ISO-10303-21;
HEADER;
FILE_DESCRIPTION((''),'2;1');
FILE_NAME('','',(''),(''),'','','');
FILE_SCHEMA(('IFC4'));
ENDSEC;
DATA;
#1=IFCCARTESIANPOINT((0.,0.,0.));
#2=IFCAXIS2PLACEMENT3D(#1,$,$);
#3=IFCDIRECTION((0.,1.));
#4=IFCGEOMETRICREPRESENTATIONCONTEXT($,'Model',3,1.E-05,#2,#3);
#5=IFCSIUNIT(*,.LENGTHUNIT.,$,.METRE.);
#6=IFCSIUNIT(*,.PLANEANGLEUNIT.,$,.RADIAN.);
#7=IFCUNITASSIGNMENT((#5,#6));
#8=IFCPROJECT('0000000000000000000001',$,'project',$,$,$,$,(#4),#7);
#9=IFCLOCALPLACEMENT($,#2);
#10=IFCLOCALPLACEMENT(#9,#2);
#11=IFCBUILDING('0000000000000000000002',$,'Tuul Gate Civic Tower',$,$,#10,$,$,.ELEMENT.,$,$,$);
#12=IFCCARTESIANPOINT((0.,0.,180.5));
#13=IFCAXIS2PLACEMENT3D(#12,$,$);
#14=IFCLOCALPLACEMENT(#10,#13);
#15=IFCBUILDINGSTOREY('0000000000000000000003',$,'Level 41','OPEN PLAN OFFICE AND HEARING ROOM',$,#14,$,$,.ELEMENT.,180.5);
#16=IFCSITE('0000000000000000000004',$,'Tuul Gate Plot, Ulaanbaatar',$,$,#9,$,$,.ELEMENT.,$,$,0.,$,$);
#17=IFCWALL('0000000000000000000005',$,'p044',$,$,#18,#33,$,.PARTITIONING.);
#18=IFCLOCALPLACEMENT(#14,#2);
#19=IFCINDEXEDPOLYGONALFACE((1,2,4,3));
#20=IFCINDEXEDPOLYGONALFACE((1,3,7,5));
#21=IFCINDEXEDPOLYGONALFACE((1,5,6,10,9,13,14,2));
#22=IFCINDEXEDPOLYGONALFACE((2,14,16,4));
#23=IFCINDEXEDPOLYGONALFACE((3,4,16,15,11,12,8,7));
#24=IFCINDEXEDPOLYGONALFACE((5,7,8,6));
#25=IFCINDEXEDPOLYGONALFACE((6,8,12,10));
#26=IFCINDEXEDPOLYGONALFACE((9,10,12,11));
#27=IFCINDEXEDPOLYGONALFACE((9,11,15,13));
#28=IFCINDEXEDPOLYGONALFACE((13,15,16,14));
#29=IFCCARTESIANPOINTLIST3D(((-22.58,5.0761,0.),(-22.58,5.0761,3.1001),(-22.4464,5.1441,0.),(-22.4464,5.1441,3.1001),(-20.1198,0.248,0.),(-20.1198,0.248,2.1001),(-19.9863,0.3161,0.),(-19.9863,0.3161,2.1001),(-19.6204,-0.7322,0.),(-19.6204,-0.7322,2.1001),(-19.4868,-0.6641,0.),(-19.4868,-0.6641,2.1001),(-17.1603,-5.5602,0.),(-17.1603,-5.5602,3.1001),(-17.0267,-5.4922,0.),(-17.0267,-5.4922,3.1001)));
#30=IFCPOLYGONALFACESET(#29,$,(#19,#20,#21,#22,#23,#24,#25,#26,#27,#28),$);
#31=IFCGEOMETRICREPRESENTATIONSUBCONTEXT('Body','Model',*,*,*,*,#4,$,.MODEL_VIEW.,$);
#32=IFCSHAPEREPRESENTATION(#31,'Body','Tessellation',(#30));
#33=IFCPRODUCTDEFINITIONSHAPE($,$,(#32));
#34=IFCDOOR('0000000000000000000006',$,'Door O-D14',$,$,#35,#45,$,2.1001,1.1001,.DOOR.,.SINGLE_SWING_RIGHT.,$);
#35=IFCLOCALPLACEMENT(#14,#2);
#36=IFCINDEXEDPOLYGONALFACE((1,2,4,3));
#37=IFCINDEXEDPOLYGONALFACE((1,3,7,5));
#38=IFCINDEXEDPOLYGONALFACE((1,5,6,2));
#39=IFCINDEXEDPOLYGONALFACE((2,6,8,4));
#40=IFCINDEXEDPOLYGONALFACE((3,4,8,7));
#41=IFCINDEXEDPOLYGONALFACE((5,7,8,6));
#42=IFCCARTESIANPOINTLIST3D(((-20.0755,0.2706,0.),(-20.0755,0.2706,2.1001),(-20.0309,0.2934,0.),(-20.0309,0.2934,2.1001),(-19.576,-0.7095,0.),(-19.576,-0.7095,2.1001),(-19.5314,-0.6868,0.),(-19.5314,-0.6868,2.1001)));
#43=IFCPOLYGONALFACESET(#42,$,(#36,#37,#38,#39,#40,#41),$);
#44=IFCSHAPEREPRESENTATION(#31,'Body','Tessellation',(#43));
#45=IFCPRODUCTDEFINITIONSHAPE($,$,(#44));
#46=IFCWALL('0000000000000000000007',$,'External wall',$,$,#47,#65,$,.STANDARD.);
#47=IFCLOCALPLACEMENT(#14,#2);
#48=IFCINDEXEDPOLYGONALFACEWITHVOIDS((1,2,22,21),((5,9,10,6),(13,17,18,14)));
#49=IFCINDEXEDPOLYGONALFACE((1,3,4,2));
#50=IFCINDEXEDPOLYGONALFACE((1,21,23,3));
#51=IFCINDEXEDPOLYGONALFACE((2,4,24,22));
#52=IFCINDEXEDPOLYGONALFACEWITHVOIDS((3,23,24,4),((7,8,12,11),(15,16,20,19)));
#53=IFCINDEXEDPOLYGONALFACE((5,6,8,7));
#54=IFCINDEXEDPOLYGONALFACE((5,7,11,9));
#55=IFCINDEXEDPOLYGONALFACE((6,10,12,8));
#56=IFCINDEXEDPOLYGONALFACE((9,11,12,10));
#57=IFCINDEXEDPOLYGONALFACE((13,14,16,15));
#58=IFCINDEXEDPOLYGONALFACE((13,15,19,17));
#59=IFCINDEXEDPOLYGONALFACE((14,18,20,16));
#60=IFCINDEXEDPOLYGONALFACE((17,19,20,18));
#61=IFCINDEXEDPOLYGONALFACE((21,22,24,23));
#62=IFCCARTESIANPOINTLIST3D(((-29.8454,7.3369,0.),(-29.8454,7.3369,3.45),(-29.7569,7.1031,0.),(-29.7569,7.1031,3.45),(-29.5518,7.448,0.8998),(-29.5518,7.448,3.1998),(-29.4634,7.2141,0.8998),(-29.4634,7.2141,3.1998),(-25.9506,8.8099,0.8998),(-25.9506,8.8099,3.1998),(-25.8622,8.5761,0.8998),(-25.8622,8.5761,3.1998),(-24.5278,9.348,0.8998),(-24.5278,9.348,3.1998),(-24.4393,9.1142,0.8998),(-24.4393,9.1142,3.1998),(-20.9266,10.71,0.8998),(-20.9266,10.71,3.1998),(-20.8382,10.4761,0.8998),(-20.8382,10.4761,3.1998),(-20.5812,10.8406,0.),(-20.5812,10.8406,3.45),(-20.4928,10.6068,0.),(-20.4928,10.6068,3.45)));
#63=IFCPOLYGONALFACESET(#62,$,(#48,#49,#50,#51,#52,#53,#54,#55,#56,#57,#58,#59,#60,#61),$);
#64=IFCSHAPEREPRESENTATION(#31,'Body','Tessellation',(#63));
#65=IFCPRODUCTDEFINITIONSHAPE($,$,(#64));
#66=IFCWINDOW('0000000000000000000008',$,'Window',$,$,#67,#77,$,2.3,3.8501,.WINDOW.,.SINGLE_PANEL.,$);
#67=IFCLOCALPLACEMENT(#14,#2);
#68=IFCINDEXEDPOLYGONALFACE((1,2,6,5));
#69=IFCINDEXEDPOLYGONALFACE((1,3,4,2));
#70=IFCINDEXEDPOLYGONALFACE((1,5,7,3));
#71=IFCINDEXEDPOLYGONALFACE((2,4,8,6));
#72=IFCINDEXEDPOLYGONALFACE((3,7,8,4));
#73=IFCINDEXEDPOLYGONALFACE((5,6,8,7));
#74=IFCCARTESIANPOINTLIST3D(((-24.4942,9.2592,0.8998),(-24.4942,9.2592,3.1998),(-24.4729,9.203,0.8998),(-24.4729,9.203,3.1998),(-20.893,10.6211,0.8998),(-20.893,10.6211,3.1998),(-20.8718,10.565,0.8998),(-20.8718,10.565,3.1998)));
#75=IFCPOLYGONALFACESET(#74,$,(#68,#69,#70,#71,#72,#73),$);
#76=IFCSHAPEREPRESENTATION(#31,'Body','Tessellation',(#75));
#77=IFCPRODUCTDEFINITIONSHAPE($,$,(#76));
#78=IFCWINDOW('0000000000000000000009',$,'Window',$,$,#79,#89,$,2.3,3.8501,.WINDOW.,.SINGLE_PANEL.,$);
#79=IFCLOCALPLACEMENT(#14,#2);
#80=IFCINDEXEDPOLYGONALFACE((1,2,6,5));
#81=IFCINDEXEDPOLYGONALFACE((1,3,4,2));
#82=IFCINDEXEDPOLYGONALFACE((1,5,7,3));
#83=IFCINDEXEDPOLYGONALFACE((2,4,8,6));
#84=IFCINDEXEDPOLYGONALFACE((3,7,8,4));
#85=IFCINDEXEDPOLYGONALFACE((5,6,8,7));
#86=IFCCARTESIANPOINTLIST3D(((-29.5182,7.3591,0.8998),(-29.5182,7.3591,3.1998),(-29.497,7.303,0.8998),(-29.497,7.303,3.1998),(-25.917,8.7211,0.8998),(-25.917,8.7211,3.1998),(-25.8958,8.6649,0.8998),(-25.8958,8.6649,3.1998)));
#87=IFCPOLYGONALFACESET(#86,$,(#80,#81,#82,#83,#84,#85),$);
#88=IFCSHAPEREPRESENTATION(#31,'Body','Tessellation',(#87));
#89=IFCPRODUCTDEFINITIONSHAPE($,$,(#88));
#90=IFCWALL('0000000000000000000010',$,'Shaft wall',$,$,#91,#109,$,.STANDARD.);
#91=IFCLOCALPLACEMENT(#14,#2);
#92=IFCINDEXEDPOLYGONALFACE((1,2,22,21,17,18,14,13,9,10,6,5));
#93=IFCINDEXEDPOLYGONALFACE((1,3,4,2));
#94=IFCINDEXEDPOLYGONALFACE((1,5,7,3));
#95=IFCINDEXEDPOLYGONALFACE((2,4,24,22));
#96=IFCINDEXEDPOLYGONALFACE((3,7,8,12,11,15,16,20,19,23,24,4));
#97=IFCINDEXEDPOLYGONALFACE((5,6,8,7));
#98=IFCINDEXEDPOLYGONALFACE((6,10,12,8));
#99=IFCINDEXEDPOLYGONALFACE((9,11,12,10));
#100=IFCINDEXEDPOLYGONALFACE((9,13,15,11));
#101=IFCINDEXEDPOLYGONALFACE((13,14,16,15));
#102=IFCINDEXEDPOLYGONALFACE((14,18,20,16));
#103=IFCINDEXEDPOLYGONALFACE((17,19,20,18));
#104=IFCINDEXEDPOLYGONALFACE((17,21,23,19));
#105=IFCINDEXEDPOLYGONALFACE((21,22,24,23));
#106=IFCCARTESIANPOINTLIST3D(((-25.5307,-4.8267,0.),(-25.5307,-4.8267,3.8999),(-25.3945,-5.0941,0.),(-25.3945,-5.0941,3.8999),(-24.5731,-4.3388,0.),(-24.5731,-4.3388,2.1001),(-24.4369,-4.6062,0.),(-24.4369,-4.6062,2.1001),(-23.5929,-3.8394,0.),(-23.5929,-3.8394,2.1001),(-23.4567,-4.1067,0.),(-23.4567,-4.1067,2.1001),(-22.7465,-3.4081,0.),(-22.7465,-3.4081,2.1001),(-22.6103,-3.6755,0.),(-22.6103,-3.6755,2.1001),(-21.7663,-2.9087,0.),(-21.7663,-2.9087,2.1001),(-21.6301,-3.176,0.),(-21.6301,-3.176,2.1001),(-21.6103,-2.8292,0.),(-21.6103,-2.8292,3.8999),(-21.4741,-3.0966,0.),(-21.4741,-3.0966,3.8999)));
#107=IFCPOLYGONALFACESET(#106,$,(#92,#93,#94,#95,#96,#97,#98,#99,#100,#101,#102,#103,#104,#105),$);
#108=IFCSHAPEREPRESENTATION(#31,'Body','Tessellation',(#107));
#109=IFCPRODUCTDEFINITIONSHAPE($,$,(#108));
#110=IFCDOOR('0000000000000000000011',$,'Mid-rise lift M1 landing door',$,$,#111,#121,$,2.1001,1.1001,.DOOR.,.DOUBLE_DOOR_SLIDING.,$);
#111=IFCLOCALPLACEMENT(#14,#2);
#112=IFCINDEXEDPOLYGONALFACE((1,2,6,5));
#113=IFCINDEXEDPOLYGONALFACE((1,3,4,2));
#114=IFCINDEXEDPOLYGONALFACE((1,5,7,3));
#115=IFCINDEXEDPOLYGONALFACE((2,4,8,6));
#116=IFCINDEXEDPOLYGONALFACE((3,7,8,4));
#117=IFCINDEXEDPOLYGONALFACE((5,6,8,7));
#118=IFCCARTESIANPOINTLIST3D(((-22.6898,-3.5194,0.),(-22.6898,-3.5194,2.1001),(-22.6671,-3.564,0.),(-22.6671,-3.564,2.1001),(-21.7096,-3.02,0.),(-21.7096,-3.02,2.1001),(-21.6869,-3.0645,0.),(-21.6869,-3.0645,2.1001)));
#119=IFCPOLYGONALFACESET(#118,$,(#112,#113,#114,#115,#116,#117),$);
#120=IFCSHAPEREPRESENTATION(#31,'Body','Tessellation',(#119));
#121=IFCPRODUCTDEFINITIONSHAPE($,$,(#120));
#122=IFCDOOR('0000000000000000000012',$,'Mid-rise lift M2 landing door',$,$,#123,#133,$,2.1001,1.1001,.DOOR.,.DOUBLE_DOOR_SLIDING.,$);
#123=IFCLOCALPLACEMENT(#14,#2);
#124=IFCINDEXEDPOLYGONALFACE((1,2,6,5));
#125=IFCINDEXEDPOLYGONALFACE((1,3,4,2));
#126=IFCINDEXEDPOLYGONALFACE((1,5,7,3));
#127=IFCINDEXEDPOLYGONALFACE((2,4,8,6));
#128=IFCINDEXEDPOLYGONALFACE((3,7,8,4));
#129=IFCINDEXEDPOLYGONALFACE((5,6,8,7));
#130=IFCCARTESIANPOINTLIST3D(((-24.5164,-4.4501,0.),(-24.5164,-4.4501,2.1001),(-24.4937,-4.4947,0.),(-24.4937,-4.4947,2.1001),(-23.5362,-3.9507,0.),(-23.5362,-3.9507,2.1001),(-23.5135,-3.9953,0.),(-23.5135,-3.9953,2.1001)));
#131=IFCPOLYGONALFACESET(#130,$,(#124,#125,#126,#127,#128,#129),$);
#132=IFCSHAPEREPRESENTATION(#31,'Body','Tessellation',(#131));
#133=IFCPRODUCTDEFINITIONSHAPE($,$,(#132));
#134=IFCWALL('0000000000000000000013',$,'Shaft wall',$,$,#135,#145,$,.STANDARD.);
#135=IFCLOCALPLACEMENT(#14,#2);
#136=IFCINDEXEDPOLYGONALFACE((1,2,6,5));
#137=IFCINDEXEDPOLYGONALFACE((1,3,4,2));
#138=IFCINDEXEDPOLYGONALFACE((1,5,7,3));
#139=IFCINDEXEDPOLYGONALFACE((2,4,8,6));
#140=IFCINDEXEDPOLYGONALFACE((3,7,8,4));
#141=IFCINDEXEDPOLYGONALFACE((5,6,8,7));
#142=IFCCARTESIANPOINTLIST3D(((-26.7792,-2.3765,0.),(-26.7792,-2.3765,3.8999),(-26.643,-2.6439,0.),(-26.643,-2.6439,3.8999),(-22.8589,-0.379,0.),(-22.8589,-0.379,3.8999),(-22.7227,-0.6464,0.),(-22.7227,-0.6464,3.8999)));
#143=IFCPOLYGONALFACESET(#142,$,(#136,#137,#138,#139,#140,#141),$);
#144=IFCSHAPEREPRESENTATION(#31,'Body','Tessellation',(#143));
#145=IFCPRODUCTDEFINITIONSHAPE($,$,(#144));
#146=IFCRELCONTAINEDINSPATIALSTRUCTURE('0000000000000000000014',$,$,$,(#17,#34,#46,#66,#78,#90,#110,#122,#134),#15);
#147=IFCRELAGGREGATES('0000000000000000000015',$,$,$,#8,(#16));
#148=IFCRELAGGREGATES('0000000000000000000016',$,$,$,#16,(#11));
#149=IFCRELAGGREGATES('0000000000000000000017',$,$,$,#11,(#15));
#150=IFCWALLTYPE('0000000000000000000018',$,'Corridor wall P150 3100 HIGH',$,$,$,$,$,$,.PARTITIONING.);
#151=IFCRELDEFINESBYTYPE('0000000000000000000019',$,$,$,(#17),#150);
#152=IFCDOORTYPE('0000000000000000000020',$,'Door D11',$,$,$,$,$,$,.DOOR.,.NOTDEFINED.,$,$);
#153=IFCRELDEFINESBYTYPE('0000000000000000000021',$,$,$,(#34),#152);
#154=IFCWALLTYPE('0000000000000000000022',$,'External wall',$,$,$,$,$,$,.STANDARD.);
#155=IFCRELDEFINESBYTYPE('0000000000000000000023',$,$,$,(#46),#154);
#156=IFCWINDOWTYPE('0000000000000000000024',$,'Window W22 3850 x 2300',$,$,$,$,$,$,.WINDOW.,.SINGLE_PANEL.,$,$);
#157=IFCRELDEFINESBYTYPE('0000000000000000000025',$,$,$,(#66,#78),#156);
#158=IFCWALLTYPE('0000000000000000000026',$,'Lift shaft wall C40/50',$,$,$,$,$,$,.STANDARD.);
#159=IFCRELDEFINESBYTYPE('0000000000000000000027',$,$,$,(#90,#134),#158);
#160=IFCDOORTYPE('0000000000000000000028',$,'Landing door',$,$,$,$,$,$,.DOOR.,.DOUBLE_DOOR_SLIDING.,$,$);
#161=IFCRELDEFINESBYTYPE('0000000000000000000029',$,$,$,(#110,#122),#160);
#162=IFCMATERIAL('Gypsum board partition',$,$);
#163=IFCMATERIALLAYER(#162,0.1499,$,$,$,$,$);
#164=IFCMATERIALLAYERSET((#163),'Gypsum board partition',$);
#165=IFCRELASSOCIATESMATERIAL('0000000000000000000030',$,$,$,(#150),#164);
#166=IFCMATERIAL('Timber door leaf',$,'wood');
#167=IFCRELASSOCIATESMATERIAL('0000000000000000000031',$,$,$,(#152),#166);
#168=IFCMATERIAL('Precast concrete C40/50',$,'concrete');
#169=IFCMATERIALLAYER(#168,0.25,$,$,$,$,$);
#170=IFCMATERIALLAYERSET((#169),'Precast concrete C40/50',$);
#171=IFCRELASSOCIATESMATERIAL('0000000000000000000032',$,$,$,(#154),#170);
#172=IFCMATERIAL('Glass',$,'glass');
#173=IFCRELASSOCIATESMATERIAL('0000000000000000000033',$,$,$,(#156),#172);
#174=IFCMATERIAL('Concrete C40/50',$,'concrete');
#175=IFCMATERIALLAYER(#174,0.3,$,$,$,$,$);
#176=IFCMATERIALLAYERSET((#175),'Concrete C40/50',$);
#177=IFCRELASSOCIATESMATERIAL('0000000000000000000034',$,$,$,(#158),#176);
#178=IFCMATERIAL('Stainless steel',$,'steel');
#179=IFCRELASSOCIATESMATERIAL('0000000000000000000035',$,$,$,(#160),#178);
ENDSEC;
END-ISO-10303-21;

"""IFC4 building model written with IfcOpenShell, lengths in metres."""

from ifc_helpers import new_model, si_unit, direction, frame, frame_2d, origin, place, context, subcontext, project, spatial, rectangle, extrude, material, layer, layer_set, type_object, element, fill, save


model = new_model("IFC4")

# Units and contexts
model_context = context("Model", 3, precision=1e-05, world=origin(), true_north=direction((0.0, 1.0)))
body_context = subcontext(model_context, "Body", "Model", "MODEL_VIEW")
ifc_project = project(units=[si_unit("LENGTHUNIT", "METRE"), si_unit("PLANEANGLEUNIT", "RADIAN")], contexts=[model_context])

# Site, building, storey
site_placement = place(None, origin())
site = spatial("IfcSite", under=ifc_project, at=site_placement, Name="Tuul Gate Plot, Ulaanbaatar", CompositionType="ELEMENT", RefElevation=0.0)
building_placement = place(site_placement, origin())
building = spatial("IfcBuilding", under=site, at=building_placement, Name="Tuul Gate Civic Tower", CompositionType="ELEMENT")
storey_placement = place(building_placement, frame((0.0, 0.0, 180.5)))
storey = spatial("IfcBuildingStorey", under=building, at=storey_placement, Name="Level 41", Description="OPEN PLAN OFFICE AND HEARING ROOM", CompositionType="ELEMENT", Elevation=180.5)

# Wall, opening, door
ifc_material_1 = material(Name="Gypsum board partition")
ifc_layer_1 = layer(ifc_material_1, 0.1499)
ifc_layer_set_1 = layer_set([ifc_layer_1], Name="Gypsum board partition")
wall_type_1 = type_object("IfcWallType", Name="Corridor wall P150 3100 HIGH", PredefinedType="PARTITIONING", material=ifc_layer_set_1)
wall_1_placement = place(storey_placement, frame((-22.5132, 5.1101, 0.0), z_axis=(0.0, 0.0, 1.0), x_axis=(0.454007, -0.890998, 0.0)))
wall_1 = element("IfcWall", 1, at=wall_1_placement, inside=storey, type_object=wall_type_1, Name="p044", PredefinedType="PARTITIONING", context=body_context, shape_type="SweptSolid", body=[
    extrude(rectangle(XDim=11.9375, YDim=0.1499, at=frame_2d((5.9688, 0.0))), origin(), (0.0, 0.0, 1.0), 3.1001),
])
opening_1_placement = place(wall_1_placement, frame((5.4187, 0.0, 0.0)))
opening_1 = element("IfcOpeningElement", 2, at=opening_1_placement, cuts=wall_1, PredefinedType="OPENING", context=body_context, shape_type="SweptSolid", body=[
    extrude(rectangle(XDim=1.1001, YDim=2.1001, at=frame_2d((0.55, 1.05))), frame((0.0, 0.085, 0.0), z_axis=(0.0, -1.0, 0.0), x_axis=(1.0, 0.0, 0.0)), (0.0, 0.0, 1.0), 0.1699),
])
ifc_material_2 = material(Name="Timber door leaf", Category="wood")
door_type_1 = type_object("IfcDoorType", Name="Door D11", OperationType="NOTDEFINED", PredefinedType="DOOR", material=ifc_material_2)
door_1_placement = place(opening_1_placement, origin())
door_1 = element("IfcDoor", 3, at=door_1_placement, inside=storey, type_object=door_type_1, Name="Door O-D14", OperationType="SINGLE_SWING_RIGHT", OverallHeight=2.1001, OverallWidth=1.1001, PredefinedType="DOOR", context=body_context, shape_type="SweptSolid", body=[
    extrude(rectangle(XDim=1.1001, YDim=2.1001, at=frame_2d((0.55, 1.05))), frame((0.0, 0.0249, 0.0), z_axis=(0.0, -1.0, 0.0), x_axis=(1.0, 0.0, 0.0)), (0.0, 0.0, 1.0), 0.05),
])
fill(opening_1, door_1)

# Wall, openings, windows
ifc_material_3 = material(Name="Precast concrete C40/50", Category="concrete")
ifc_layer_2 = layer(ifc_material_3, 0.25)
ifc_layer_set_2 = layer_set([ifc_layer_2], Name="Precast concrete C40/50")
wall_type_2 = type_object("IfcWallType", Name="External wall", PredefinedType="STANDARD", material=ifc_layer_set_2)
wall_2_placement = place(storey_placement, frame((-20.5371, 10.7236, 0.0), z_axis=(0.0, 0.0, 1.0), x_axis=(-0.935343, -0.353742, 0.0)))
wall_2 = element("IfcWall", 4, at=wall_2_placement, inside=storey, type_object=wall_type_2, Name="External wall", PredefinedType="STANDARD", context=body_context, shape_type="SweptSolid", body=[
    extrude(rectangle(XDim=9.9045, YDim=0.25, at=frame_2d((4.9521, 0.0))), origin(), (0.0, 0.0, 1.0), 3.45),
])
opening_2_placement = place(wall_2_placement, frame((0.3691, 0.0, 0.8999)))
opening_2 = element("IfcOpeningElement", 5, at=opening_2_placement, cuts=wall_2, PredefinedType="OPENING", context=body_context, shape_type="SweptSolid", body=[
    extrude(rectangle(XDim=3.8501, YDim=2.3, at=frame_2d((1.925, 1.1499))), frame((0.0, 0.135, 0.0), z_axis=(0.0, -1.0, 0.0), x_axis=(1.0, 0.0, 0.0)), (0.0, 0.0, 1.0), 0.27),
])
opening_3_placement = place(wall_2_placement, frame((5.7405, 0.0, 0.8999)))
opening_3 = element("IfcOpeningElement", 6, at=opening_3_placement, cuts=wall_2, PredefinedType="OPENING", context=body_context, shape_type="SweptSolid", body=[
    extrude(rectangle(XDim=3.8501, YDim=2.3, at=frame_2d((1.925, 1.1499))), frame((0.0, 0.135, 0.0), z_axis=(0.0, -1.0, 0.0), x_axis=(1.0, 0.0, 0.0)), (0.0, 0.0, 1.0), 0.27),
])
ifc_material_4 = material(Name="Glass", Category="glass")
window_type = type_object("IfcWindowType", Name="Window W22 3850 x 2300", PartitioningType="SINGLE_PANEL", PredefinedType="WINDOW", material=ifc_material_4)
window_1_placement = place(opening_2_placement, origin())
window_1 = element("IfcWindow", 7, at=window_1_placement, inside=storey, type_object=window_type, Name="Window", OverallHeight=2.3, OverallWidth=3.8501, PartitioningType="SINGLE_PANEL", PredefinedType="WINDOW", context=body_context, shape_type="SweptSolid", body=[
    extrude(rectangle(XDim=3.8501, YDim=2.3, at=frame_2d((1.925, 1.1499))), frame((0.0, 0.03, 0.0), z_axis=(0.0, -1.0, 0.0), x_axis=(1.0, 0.0, 0.0)), (0.0, 0.0, 1.0), 0.0601),
])
fill(opening_2, window_1)
window_2_placement = place(opening_3_placement, origin())
window_2 = element("IfcWindow", 8, at=window_2_placement, inside=storey, type_object=window_type, Name="Window", OverallHeight=2.3, OverallWidth=3.8501, PartitioningType="SINGLE_PANEL", PredefinedType="WINDOW", context=body_context, shape_type="SweptSolid", body=[
    extrude(rectangle(XDim=3.8501, YDim=2.3, at=frame_2d((1.925, 1.1499))), frame((0.0, 0.03, 0.0), z_axis=(0.0, -1.0, 0.0), x_axis=(1.0, 0.0, 0.0)), (0.0, 0.0, 1.0), 0.0601),
])
fill(opening_3, window_2)

# Wall, openings, doors
ifc_material_5 = material(Name="Concrete C40/50", Category="concrete")
ifc_layer_3 = layer(ifc_material_5, 0.3)
ifc_layer_set_3 = layer_set([ifc_layer_3], Name="Concrete C40/50")
wall_type_3 = type_object("IfcWallType", Name="Lift shaft wall C40/50", PredefinedType="STANDARD", material=ifc_layer_set_3)
wall_3_placement = place(storey_placement, frame((-21.5422, -2.9629, 0.0), z_axis=(0.0, 0.0, 1.0), x_axis=(-0.891006, -0.453992, 0.0)))
wall_3 = element("IfcWall", 9, at=wall_3_placement, inside=storey, type_object=wall_type_3, Name="Shaft wall", PredefinedType="STANDARD", context=body_context, shape_type="SweptSolid", body=[
    extrude(rectangle(XDim=4.3999, YDim=0.3, at=frame_2d((2.2, 0.0))), origin(), (0.0, 0.0, 1.0), 3.8999),
])
opening_4_placement = place(wall_3_placement, frame((0.175, 0.0, 0.0)))
opening_4 = element("IfcOpeningElement", 10, at=opening_4_placement, cuts=wall_3, PredefinedType="OPENING", context=body_context, shape_type="SweptSolid", body=[
    extrude(rectangle(XDim=1.1001, YDim=2.1001, at=frame_2d((0.55, 1.05))), frame((0.0, 0.1602, 0.0), z_axis=(0.0, -1.0, 0.0), x_axis=(1.0, 0.0, 0.0)), (0.0, 0.0, 1.0), 0.3201),
])
opening_5_placement = place(wall_3_placement, frame((2.2251, 0.0, 0.0)))
opening_5 = element("IfcOpeningElement", 11, at=opening_5_placement, cuts=wall_3, PredefinedType="OPENING", context=body_context, shape_type="SweptSolid", body=[
    extrude(rectangle(XDim=1.1001, YDim=2.1001, at=frame_2d((0.55, 1.05))), frame((0.0, 0.1602, 0.0), z_axis=(0.0, -1.0, 0.0), x_axis=(1.0, 0.0, 0.0)), (0.0, 0.0, 1.0), 0.3201),
])
ifc_material_6 = material(Name="Stainless steel", Category="steel")
door_type_2 = type_object("IfcDoorType", Name="Landing door", OperationType="DOUBLE_DOOR_SLIDING", PredefinedType="DOOR", material=ifc_material_6)
door_2_placement = place(opening_4_placement, origin())
door_2 = element("IfcDoor", 12, at=door_2_placement, inside=storey, type_object=door_type_2, Name="Mid-rise lift M1 landing door", OperationType="DOUBLE_DOOR_SLIDING", OverallHeight=2.1001, OverallWidth=1.1001, PredefinedType="DOOR", context=body_context, shape_type="SweptSolid", body=[
    extrude(rectangle(XDim=1.1001, YDim=2.1001, at=frame_2d((0.55, 1.05))), frame((0.0, 0.0249, 0.0), z_axis=(0.0, -1.0, 0.0), x_axis=(1.0, 0.0, 0.0)), (0.0, 0.0, 1.0), 0.05),
])
fill(opening_4, door_2)
door_3_placement = place(opening_5_placement, origin())
door_3 = element("IfcDoor", 13, at=door_3_placement, inside=storey, type_object=door_type_2, Name="Mid-rise lift M2 landing door", OperationType="DOUBLE_DOOR_SLIDING", OverallHeight=2.1001, OverallWidth=1.1001, PredefinedType="DOOR", context=body_context, shape_type="SweptSolid", body=[
    extrude(rectangle(XDim=1.1001, YDim=2.1001, at=frame_2d((0.55, 1.05))), frame((0.0, 0.0249, 0.0), z_axis=(0.0, -1.0, 0.0), x_axis=(1.0, 0.0, 0.0)), (0.0, 0.0, 1.0), 0.05),
])
fill(opening_5, door_3)

# Wall
wall_4_placement = place(storey_placement, frame((-22.7908, -0.5127, 0.0), z_axis=(0.0, 0.0, 1.0), x_axis=(-0.891006, -0.453992, 0.0)))
element("IfcWall", 14, at=wall_4_placement, inside=storey, type_object=wall_type_3, Name="Shaft wall", PredefinedType="STANDARD", context=body_context, shape_type="SweptSolid", body=[
    extrude(rectangle(XDim=4.3999, YDim=0.3, at=frame_2d((2.2, 0.0))), origin(), (0.0, 0.0, 1.0), 3.8999),
])

save(model, "model.ifc")
